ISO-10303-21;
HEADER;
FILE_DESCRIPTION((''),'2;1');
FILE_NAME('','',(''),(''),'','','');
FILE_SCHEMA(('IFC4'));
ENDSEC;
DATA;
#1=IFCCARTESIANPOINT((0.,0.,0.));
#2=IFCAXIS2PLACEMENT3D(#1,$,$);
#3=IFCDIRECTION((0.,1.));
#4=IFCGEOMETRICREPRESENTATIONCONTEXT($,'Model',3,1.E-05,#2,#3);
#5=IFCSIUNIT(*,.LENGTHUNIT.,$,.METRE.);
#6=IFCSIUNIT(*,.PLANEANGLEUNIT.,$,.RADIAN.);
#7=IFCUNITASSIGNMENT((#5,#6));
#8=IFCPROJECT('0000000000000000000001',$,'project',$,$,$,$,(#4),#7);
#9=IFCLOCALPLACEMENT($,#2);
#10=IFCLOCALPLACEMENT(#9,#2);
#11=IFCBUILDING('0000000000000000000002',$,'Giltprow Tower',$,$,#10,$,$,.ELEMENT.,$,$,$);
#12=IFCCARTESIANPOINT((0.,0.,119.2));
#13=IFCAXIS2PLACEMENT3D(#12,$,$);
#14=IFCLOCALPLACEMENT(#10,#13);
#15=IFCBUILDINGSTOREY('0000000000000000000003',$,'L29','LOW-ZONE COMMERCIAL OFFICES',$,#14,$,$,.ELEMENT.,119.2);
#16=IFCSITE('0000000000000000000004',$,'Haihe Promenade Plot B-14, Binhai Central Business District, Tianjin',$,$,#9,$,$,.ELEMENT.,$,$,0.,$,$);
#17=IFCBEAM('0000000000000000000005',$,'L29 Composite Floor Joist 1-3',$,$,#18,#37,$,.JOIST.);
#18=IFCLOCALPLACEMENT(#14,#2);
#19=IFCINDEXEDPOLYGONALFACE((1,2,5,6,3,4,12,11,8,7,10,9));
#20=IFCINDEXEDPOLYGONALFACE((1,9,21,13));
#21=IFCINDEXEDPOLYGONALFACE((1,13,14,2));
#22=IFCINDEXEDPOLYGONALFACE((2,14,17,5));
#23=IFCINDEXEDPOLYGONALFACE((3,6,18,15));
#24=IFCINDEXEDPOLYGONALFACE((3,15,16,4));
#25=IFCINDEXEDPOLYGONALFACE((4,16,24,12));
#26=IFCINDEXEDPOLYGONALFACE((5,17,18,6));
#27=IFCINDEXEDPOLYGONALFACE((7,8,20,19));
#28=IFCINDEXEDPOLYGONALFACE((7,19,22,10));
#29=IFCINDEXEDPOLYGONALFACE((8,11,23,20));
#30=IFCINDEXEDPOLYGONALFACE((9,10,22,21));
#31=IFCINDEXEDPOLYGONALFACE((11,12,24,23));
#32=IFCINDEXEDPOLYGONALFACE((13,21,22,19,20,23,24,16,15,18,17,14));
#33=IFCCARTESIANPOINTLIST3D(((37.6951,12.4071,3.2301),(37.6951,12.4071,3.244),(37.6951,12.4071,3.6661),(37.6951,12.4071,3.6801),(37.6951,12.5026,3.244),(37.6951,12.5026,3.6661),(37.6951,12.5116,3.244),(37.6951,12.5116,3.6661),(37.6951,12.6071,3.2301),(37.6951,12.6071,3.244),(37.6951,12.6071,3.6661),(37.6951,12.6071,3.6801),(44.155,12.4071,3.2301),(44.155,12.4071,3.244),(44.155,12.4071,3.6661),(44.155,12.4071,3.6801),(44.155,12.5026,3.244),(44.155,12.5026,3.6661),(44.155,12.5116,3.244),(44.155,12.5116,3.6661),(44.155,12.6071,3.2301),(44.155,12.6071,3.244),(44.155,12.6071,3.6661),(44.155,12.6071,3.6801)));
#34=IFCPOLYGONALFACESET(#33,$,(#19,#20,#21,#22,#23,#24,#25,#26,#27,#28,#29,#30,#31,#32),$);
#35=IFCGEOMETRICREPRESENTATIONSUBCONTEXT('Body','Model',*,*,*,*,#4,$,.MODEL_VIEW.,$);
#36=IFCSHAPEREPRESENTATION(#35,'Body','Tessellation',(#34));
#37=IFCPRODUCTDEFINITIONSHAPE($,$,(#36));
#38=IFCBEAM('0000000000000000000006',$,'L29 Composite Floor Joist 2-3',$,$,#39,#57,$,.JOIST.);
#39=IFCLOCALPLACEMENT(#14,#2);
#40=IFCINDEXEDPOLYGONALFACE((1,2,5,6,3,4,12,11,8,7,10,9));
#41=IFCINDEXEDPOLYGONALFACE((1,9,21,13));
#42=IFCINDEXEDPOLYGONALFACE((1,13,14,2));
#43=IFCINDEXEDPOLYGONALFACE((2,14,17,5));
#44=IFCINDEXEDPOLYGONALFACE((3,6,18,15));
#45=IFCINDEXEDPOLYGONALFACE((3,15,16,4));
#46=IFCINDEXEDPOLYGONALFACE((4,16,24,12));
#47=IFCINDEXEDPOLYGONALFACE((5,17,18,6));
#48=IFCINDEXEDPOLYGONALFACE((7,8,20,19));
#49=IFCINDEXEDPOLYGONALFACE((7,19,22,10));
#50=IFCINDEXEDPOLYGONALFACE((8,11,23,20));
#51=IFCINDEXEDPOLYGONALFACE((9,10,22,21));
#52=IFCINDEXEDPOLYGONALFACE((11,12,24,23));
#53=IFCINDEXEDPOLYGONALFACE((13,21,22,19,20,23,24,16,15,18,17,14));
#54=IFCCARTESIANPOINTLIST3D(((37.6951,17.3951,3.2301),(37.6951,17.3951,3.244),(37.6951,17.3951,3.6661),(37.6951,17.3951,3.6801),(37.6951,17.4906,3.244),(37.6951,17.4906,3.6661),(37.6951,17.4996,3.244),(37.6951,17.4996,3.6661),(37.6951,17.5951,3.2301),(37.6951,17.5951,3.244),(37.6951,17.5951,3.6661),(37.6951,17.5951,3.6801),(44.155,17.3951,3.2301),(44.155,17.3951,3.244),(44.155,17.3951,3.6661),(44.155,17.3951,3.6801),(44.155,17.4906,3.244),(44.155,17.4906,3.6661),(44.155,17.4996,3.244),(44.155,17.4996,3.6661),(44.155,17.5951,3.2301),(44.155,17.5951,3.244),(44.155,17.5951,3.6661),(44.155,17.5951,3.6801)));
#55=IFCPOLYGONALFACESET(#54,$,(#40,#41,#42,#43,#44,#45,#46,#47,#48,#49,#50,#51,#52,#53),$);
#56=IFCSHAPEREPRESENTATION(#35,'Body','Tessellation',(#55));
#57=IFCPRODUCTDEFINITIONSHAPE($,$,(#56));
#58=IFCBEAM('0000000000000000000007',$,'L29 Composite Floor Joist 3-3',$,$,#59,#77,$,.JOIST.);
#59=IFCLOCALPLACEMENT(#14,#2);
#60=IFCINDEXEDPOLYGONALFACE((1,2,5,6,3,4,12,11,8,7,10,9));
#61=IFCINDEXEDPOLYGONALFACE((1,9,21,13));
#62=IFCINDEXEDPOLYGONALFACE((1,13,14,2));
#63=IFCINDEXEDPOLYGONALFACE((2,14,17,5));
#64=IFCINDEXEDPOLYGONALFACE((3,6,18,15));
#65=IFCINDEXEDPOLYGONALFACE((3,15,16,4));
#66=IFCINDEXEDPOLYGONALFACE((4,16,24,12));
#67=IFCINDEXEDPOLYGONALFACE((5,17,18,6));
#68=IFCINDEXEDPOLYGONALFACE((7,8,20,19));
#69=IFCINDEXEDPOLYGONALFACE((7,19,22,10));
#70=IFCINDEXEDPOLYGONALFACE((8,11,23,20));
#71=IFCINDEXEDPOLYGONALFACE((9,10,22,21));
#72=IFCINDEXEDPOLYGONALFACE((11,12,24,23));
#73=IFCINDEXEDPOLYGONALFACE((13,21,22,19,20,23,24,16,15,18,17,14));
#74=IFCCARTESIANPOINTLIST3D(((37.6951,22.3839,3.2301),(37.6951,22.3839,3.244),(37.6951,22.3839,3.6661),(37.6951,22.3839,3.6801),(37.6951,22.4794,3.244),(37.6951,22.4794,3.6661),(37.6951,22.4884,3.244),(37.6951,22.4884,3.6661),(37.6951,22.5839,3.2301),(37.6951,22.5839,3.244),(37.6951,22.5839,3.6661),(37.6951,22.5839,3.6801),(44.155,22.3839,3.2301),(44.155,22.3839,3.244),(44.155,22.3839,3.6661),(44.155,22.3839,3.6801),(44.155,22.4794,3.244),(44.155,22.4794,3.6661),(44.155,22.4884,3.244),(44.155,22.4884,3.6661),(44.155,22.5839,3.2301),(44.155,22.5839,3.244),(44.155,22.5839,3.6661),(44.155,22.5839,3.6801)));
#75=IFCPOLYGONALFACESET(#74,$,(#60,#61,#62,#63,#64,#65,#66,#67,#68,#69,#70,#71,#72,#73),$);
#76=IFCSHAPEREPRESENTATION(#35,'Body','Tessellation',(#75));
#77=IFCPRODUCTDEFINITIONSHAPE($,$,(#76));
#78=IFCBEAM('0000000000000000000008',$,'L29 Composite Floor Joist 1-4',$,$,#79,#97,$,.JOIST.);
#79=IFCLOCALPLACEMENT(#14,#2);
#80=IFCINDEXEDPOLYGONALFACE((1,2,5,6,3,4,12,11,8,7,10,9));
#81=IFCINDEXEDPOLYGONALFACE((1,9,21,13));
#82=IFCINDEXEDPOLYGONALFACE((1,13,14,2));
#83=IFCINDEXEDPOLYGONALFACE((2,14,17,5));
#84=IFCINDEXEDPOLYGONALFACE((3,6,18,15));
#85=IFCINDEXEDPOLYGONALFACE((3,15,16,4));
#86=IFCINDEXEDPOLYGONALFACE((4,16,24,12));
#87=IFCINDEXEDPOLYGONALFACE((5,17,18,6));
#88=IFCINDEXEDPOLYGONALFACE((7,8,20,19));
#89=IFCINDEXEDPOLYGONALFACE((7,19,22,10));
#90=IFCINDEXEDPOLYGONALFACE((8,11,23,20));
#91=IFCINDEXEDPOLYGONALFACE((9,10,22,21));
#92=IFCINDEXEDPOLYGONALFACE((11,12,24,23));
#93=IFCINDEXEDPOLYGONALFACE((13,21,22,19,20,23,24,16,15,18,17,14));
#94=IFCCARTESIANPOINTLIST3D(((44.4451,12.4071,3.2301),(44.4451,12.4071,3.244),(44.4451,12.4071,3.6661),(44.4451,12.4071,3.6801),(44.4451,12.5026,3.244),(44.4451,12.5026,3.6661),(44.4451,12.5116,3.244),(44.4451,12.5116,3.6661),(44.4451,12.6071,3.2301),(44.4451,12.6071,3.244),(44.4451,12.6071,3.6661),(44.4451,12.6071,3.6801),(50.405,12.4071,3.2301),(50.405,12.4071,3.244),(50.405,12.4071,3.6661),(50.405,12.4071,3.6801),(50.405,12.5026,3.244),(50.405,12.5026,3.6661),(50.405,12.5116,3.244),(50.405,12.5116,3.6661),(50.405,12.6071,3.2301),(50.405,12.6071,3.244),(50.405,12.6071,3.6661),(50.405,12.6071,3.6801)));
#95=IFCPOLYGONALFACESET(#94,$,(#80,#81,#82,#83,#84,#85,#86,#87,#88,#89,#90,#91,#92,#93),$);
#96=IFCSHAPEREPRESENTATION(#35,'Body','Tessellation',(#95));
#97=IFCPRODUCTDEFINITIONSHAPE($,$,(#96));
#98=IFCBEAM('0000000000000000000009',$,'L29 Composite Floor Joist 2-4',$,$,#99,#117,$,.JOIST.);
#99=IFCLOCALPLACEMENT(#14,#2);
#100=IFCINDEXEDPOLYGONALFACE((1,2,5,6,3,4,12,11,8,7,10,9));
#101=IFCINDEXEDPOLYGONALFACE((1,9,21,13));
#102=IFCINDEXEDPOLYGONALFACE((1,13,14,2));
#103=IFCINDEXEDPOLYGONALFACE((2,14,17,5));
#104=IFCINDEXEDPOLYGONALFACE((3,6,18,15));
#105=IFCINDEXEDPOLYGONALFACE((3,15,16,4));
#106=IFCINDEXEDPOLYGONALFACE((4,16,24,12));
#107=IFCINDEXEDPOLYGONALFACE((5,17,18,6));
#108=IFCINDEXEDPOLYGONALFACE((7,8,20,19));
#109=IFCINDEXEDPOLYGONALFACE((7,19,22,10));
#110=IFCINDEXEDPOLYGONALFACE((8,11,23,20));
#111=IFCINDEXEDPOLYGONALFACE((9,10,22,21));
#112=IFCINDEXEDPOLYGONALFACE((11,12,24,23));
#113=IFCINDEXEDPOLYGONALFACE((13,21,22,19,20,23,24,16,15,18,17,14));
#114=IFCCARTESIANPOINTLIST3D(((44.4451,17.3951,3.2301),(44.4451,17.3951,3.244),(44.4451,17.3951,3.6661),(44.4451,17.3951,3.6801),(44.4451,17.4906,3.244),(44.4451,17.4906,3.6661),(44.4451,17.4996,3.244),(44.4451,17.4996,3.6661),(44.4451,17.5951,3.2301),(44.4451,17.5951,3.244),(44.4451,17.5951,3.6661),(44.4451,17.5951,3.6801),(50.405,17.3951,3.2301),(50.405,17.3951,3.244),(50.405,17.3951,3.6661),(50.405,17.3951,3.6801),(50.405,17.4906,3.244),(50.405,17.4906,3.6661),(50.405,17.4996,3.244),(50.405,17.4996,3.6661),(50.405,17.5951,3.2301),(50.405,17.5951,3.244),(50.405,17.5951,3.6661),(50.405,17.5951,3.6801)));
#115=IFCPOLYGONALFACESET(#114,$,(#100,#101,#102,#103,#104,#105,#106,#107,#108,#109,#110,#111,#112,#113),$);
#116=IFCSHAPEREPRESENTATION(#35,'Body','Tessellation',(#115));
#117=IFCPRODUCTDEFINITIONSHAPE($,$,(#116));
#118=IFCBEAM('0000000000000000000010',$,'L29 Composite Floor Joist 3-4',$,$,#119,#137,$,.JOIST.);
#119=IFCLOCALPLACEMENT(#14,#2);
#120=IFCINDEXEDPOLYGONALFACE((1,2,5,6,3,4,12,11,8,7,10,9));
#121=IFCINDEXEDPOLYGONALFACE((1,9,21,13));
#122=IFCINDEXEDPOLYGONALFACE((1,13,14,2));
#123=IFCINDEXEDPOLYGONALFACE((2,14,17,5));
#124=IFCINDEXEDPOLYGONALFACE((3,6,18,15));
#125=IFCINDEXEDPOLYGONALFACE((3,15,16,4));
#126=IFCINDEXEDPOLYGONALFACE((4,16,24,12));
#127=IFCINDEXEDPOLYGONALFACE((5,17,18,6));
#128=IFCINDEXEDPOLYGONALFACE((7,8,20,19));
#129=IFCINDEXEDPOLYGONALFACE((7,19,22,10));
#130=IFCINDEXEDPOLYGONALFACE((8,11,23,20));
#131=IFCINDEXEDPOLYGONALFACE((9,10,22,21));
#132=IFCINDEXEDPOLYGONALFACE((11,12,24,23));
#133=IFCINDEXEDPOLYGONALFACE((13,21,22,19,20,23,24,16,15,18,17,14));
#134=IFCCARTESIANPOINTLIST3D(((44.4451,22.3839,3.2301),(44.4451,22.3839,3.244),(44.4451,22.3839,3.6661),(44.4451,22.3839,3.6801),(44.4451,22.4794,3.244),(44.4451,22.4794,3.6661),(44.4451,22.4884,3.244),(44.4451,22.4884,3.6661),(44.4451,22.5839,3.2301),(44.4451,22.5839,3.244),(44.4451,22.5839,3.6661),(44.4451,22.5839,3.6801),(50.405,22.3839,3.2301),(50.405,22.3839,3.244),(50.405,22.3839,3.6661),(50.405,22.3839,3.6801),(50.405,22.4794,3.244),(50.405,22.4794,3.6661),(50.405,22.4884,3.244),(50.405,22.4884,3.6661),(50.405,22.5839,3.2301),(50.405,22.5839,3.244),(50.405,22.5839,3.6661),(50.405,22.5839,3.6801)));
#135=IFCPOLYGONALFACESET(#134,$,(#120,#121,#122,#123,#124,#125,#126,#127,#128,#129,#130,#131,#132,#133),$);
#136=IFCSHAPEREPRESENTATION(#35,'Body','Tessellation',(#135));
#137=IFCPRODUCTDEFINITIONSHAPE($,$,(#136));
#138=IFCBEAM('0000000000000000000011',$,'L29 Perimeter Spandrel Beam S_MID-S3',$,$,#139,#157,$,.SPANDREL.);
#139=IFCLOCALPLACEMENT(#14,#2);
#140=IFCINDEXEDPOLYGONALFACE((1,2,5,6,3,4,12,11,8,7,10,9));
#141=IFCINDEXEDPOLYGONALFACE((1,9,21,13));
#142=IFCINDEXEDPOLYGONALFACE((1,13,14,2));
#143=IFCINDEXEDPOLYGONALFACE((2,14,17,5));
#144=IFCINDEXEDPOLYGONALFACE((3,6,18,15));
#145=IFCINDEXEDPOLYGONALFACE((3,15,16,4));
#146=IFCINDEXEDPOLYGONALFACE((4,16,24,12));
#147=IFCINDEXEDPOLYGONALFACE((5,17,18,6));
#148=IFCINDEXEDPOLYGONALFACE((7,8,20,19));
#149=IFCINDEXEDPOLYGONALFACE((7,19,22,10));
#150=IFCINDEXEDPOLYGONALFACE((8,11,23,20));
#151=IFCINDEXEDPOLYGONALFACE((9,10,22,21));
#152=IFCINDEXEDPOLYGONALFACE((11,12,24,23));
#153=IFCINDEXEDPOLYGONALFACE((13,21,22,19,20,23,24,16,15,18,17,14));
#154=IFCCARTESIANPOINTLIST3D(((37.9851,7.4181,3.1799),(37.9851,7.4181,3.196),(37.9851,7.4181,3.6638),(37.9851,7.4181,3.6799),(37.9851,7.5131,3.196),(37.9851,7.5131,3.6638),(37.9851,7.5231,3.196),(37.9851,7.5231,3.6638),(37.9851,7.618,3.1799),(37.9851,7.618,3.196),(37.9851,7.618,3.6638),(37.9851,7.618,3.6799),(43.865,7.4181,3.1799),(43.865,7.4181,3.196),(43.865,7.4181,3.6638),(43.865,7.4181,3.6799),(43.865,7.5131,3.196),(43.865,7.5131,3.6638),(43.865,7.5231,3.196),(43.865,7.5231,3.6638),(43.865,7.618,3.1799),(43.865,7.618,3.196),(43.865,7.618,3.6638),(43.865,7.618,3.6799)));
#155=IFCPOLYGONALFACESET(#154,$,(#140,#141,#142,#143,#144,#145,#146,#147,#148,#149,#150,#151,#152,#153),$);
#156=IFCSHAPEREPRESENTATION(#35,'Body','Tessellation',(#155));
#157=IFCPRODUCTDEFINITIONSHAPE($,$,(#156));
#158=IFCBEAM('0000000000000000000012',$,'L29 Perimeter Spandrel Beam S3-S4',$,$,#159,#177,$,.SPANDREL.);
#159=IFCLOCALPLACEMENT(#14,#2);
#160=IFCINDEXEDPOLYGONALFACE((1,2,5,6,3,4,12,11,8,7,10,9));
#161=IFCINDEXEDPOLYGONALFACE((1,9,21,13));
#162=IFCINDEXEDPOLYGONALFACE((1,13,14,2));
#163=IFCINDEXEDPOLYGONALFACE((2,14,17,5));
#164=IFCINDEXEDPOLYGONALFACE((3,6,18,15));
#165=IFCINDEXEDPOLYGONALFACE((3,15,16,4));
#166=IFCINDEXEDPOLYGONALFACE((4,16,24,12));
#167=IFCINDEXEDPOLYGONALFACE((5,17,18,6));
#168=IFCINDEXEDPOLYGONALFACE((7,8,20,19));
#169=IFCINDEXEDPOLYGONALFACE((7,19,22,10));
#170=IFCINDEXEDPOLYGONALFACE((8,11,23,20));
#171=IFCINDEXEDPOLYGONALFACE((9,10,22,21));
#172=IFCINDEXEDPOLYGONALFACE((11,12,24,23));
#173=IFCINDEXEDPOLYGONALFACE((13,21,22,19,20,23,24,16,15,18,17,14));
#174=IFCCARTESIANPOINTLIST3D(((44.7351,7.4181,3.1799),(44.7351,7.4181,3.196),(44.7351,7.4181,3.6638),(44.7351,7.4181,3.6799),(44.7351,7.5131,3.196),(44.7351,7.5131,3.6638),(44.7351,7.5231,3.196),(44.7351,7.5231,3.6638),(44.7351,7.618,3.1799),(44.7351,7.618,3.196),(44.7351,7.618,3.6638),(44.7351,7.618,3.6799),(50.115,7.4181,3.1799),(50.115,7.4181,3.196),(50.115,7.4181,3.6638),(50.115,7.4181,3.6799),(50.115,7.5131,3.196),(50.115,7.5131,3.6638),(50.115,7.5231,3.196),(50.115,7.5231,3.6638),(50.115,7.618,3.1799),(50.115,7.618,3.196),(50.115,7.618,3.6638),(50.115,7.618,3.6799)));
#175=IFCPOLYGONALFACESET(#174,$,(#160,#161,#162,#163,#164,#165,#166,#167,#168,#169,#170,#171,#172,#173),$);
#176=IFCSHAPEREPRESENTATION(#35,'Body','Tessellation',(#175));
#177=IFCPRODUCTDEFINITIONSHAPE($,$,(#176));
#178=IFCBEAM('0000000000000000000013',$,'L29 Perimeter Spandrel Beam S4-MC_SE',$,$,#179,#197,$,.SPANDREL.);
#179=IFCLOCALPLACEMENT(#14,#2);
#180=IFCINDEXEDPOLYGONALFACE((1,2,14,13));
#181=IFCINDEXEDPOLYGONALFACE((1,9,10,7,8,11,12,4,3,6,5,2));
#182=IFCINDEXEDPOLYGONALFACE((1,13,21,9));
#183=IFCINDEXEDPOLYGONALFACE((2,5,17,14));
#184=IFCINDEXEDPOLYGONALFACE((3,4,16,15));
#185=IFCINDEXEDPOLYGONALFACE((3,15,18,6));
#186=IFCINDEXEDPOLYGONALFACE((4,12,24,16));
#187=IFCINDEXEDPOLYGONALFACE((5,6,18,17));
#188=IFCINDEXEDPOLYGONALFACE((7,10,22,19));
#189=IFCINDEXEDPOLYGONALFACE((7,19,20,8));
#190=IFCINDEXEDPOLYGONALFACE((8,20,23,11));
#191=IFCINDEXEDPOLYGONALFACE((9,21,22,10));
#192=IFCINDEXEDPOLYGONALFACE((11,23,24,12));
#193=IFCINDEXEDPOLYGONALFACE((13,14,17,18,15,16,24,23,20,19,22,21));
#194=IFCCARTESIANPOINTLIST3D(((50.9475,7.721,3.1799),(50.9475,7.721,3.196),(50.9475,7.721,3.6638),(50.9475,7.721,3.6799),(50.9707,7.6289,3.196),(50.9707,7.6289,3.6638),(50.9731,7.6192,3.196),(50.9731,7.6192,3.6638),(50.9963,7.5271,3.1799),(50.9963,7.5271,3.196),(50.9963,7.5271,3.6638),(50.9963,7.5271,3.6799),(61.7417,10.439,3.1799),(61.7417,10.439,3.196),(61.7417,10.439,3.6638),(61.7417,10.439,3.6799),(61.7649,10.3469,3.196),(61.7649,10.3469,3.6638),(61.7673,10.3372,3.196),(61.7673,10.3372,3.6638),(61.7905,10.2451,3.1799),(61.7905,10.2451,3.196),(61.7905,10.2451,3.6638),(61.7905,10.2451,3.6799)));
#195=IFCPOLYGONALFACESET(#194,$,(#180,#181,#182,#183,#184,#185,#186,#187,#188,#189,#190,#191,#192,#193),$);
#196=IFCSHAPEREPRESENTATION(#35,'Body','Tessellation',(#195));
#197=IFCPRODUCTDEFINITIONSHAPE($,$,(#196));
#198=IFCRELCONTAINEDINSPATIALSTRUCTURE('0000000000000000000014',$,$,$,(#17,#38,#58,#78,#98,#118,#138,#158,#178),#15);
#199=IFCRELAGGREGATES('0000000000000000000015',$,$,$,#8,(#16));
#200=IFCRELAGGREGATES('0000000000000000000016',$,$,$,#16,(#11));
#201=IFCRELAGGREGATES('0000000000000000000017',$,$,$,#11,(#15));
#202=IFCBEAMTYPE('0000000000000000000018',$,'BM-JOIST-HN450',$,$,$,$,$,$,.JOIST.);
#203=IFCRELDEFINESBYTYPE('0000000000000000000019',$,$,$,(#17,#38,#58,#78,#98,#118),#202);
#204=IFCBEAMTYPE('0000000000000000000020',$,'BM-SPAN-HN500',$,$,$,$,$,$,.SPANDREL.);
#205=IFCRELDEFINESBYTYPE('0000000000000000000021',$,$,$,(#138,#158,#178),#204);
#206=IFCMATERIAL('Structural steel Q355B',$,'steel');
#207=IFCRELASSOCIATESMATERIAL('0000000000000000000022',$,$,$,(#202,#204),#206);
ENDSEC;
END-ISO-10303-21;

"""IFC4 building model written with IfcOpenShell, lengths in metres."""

from ifc_helpers import new_model, si_unit, direction, frame, origin, origin_2d, place, context, subcontext, project, spatial, i_section, extrude, source, transform, mapped, material, material_profile, profile_set, type_object, element, save


model = new_model("IFC4")

# Units and contexts
model_context = context("Model", 3, precision=1e-05, world=origin(), true_north=direction((0.0, 1.0)))
body_context = subcontext(model_context, "Body", "Model", "MODEL_VIEW")
ifc_project = project(units=[si_unit("LENGTHUNIT", "METRE"), si_unit("PLANEANGLEUNIT", "RADIAN")], contexts=[model_context])

# Site, building, storey
site_placement = place(None, origin())
site = spatial("IfcSite", under=ifc_project, at=site_placement, Name="Haihe Promenade Plot B-14, Binhai Central Business District, Tianjin", CompositionType="ELEMENT", RefElevation=0.0)
building_placement = place(site_placement, origin())
building = spatial("IfcBuilding", under=site, at=building_placement, Name="Giltprow Tower", CompositionType="ELEMENT")
storey_placement = place(building_placement, frame((0.0, 0.0, 119.2)))
storey = spatial("IfcBuildingStorey", under=building, at=storey_placement, Name="L29", Description="LOW-ZONE COMMERCIAL OFFICES", CompositionType="ELEMENT", Elevation=119.2)

# Beams
ifc_material_1 = material(Name="Structural steel Q355B", Category="steel")
ifc_material_profile_1 = material_profile(ifc_material_1, i_section(OverallWidth=0.2, OverallDepth=0.45, WebThickness=0.009, FlangeThickness=0.0139, at=origin_2d()), Name="HN 450x200x9x14")
ifc_profile_set_1 = profile_set([ifc_material_profile_1], Name="Structural steel Q355B")
beam_type_1 = type_object("IfcBeamType", Name="BM-JOIST-HN450", PredefinedType="JOIST", material=ifc_profile_set_1)
shared_shape_1 = source(origin(), body_context, "Body", "SweptSolid", [
    extrude(i_section(OverallWidth=0.2, OverallDepth=0.45, WebThickness=0.009, FlangeThickness=0.0139, at=origin_2d()), origin(), (0.0, 0.0, 1.0), 6.46),
])
for number, where, z_axis, x_axis, name in (
    (1, (37.6951, 12.5071, 3.4551), (1.0, 0.0, 0.0), (0.0, 1.0, 0.0), "L29 Composite Floor Joist 1-3"),
    (2, (37.6951, 17.4951, 3.4551), (1.0, 0.0, 0.0), (0.0, 1.0, 0.0), "L29 Composite Floor Joist 2-3"),
    (3, (37.6951, 22.4839, 3.4551), (1.0, 0.0, 0.0), (0.0, 1.0, 0.0), "L29 Composite Floor Joist 3-3"),
):
    element("IfcBeam", number, at=place(storey_placement, frame(where, z_axis=z_axis, x_axis=x_axis)), inside=storey, type_object=beam_type_1, Name=name, PredefinedType="JOIST", context=body_context, shape_type="MappedRepresentation", body=[
        mapped(shared_shape_1, transform((0.0, 0.0, 0.0), x_axis=(1.0, 0.0, 0.0), y_axis=(0.0, 1.0, 0.0), z_axis=(0.0, 0.0, 1.0), scale=1.0)),
    ])
shared_shape_2 = source(origin(), body_context, "Body", "SweptSolid", [
    extrude(i_section(OverallWidth=0.2, OverallDepth=0.45, WebThickness=0.009, FlangeThickness=0.0139, at=origin_2d()), origin(), (0.0, 0.0, 1.0), 5.96),
])
for number, where, z_axis, x_axis, name in (
    (4, (44.4451, 12.5071, 3.4551), (1.0, 0.0, 0.0), (0.0, 1.0, 0.0), "L29 Composite Floor Joist 1-4"),
    (5, (44.4451, 17.4951, 3.4551), (1.0, 0.0, 0.0), (0.0, 1.0, 0.0), "L29 Composite Floor Joist 2-4"),
    (6, (44.4451, 22.4839, 3.4551), (1.0, 0.0, 0.0), (0.0, 1.0, 0.0), "L29 Composite Floor Joist 3-4"),
):
    element("IfcBeam", number, at=place(storey_placement, frame(where, z_axis=z_axis, x_axis=x_axis)), inside=storey, type_object=beam_type_1, Name=name, PredefinedType="JOIST", context=body_context, shape_type="MappedRepresentation", body=[
        mapped(shared_shape_2, transform((0.0, 0.0, 0.0), x_axis=(1.0, 0.0, 0.0), y_axis=(0.0, 1.0, 0.0), z_axis=(0.0, 0.0, 1.0), scale=1.0)),
    ])
ifc_material_profile_2 = material_profile(ifc_material_1, i_section(OverallWidth=0.2, OverallDepth=0.5, WebThickness=0.01, FlangeThickness=0.0161, at=origin_2d()), Name="HN 500x200x10x16")
ifc_profile_set_2 = profile_set([ifc_material_profile_2], Name="Structural steel Q355B")
beam_type_2 = type_object("IfcBeamType", Name="BM-SPAN-HN500", PredefinedType="SPANDREL", material=ifc_profile_set_2)
shared_shape_3 = source(origin(), body_context, "Body", "SweptSolid", [
    extrude(i_section(OverallWidth=0.2, OverallDepth=0.5, WebThickness=0.01, FlangeThickness=0.0161, at=origin_2d()), origin(), (0.0, 0.0, 1.0), 5.8799),
])
beam_1_placement = place(storey_placement, frame((37.9851, 7.5181, 3.4299), z_axis=(1.0, 0.0, 0.0), x_axis=(0.0, 1.0, 0.0)))
element("IfcBeam", 7, at=beam_1_placement, inside=storey, type_object=beam_type_2, Name="L29 Perimeter Spandrel Beam S_MID-S3", PredefinedType="SPANDREL", context=body_context, shape_type="MappedRepresentation", body=[
    mapped(shared_shape_3, transform((0.0, 0.0, 0.0), x_axis=(1.0, 0.0, 0.0), y_axis=(0.0, 1.0, 0.0), z_axis=(0.0, 0.0, 1.0), scale=1.0)),
])
shared_shape_4 = source(origin(), body_context, "Body", "SweptSolid", [
    extrude(i_section(OverallWidth=0.2, OverallDepth=0.5, WebThickness=0.01, FlangeThickness=0.0161, at=origin_2d()), origin(), (0.0, 0.0, 1.0), 5.3799),
])
beam_2_placement = place(storey_placement, frame((44.7351, 7.5181, 3.4299), z_axis=(1.0, 0.0, 0.0), x_axis=(0.0, 1.0, 0.0)))
element("IfcBeam", 8, at=beam_2_placement, inside=storey, type_object=beam_type_2, Name="L29 Perimeter Spandrel Beam S3-S4", PredefinedType="SPANDREL", context=body_context, shape_type="MappedRepresentation", body=[
    mapped(shared_shape_4, transform((0.0, 0.0, 0.0), x_axis=(1.0, 0.0, 0.0), y_axis=(0.0, 1.0, 0.0), z_axis=(0.0, 0.0, 1.0), scale=1.0)),
])
shared_shape_5 = source(origin(), body_context, "Body", "SweptSolid", [
    extrude(i_section(OverallWidth=0.2, OverallDepth=0.5, WebThickness=0.01, FlangeThickness=0.0161, at=origin_2d()), origin(), (0.0, 0.0, 1.0), 11.1311),
])
beam_3_placement = place(storey_placement, frame((50.9719, 7.624, 3.4299), z_axis=(0.96973, 0.244182, 0.0), x_axis=(-0.244182, 0.96973, 0.0)))
element("IfcBeam", 9, at=beam_3_placement, inside=storey, type_object=beam_type_2, Name="L29 Perimeter Spandrel Beam S4-MC_SE", PredefinedType="SPANDREL", context=body_context, shape_type="MappedRepresentation", body=[
    mapped(shared_shape_5, transform((0.0, 0.0, 0.0), x_axis=(1.0, 0.0, 0.0), y_axis=(0.0, 1.0, 0.0), z_axis=(0.0, 0.0, 1.0), scale=1.0)),
])

save(model, "model.ifc")
